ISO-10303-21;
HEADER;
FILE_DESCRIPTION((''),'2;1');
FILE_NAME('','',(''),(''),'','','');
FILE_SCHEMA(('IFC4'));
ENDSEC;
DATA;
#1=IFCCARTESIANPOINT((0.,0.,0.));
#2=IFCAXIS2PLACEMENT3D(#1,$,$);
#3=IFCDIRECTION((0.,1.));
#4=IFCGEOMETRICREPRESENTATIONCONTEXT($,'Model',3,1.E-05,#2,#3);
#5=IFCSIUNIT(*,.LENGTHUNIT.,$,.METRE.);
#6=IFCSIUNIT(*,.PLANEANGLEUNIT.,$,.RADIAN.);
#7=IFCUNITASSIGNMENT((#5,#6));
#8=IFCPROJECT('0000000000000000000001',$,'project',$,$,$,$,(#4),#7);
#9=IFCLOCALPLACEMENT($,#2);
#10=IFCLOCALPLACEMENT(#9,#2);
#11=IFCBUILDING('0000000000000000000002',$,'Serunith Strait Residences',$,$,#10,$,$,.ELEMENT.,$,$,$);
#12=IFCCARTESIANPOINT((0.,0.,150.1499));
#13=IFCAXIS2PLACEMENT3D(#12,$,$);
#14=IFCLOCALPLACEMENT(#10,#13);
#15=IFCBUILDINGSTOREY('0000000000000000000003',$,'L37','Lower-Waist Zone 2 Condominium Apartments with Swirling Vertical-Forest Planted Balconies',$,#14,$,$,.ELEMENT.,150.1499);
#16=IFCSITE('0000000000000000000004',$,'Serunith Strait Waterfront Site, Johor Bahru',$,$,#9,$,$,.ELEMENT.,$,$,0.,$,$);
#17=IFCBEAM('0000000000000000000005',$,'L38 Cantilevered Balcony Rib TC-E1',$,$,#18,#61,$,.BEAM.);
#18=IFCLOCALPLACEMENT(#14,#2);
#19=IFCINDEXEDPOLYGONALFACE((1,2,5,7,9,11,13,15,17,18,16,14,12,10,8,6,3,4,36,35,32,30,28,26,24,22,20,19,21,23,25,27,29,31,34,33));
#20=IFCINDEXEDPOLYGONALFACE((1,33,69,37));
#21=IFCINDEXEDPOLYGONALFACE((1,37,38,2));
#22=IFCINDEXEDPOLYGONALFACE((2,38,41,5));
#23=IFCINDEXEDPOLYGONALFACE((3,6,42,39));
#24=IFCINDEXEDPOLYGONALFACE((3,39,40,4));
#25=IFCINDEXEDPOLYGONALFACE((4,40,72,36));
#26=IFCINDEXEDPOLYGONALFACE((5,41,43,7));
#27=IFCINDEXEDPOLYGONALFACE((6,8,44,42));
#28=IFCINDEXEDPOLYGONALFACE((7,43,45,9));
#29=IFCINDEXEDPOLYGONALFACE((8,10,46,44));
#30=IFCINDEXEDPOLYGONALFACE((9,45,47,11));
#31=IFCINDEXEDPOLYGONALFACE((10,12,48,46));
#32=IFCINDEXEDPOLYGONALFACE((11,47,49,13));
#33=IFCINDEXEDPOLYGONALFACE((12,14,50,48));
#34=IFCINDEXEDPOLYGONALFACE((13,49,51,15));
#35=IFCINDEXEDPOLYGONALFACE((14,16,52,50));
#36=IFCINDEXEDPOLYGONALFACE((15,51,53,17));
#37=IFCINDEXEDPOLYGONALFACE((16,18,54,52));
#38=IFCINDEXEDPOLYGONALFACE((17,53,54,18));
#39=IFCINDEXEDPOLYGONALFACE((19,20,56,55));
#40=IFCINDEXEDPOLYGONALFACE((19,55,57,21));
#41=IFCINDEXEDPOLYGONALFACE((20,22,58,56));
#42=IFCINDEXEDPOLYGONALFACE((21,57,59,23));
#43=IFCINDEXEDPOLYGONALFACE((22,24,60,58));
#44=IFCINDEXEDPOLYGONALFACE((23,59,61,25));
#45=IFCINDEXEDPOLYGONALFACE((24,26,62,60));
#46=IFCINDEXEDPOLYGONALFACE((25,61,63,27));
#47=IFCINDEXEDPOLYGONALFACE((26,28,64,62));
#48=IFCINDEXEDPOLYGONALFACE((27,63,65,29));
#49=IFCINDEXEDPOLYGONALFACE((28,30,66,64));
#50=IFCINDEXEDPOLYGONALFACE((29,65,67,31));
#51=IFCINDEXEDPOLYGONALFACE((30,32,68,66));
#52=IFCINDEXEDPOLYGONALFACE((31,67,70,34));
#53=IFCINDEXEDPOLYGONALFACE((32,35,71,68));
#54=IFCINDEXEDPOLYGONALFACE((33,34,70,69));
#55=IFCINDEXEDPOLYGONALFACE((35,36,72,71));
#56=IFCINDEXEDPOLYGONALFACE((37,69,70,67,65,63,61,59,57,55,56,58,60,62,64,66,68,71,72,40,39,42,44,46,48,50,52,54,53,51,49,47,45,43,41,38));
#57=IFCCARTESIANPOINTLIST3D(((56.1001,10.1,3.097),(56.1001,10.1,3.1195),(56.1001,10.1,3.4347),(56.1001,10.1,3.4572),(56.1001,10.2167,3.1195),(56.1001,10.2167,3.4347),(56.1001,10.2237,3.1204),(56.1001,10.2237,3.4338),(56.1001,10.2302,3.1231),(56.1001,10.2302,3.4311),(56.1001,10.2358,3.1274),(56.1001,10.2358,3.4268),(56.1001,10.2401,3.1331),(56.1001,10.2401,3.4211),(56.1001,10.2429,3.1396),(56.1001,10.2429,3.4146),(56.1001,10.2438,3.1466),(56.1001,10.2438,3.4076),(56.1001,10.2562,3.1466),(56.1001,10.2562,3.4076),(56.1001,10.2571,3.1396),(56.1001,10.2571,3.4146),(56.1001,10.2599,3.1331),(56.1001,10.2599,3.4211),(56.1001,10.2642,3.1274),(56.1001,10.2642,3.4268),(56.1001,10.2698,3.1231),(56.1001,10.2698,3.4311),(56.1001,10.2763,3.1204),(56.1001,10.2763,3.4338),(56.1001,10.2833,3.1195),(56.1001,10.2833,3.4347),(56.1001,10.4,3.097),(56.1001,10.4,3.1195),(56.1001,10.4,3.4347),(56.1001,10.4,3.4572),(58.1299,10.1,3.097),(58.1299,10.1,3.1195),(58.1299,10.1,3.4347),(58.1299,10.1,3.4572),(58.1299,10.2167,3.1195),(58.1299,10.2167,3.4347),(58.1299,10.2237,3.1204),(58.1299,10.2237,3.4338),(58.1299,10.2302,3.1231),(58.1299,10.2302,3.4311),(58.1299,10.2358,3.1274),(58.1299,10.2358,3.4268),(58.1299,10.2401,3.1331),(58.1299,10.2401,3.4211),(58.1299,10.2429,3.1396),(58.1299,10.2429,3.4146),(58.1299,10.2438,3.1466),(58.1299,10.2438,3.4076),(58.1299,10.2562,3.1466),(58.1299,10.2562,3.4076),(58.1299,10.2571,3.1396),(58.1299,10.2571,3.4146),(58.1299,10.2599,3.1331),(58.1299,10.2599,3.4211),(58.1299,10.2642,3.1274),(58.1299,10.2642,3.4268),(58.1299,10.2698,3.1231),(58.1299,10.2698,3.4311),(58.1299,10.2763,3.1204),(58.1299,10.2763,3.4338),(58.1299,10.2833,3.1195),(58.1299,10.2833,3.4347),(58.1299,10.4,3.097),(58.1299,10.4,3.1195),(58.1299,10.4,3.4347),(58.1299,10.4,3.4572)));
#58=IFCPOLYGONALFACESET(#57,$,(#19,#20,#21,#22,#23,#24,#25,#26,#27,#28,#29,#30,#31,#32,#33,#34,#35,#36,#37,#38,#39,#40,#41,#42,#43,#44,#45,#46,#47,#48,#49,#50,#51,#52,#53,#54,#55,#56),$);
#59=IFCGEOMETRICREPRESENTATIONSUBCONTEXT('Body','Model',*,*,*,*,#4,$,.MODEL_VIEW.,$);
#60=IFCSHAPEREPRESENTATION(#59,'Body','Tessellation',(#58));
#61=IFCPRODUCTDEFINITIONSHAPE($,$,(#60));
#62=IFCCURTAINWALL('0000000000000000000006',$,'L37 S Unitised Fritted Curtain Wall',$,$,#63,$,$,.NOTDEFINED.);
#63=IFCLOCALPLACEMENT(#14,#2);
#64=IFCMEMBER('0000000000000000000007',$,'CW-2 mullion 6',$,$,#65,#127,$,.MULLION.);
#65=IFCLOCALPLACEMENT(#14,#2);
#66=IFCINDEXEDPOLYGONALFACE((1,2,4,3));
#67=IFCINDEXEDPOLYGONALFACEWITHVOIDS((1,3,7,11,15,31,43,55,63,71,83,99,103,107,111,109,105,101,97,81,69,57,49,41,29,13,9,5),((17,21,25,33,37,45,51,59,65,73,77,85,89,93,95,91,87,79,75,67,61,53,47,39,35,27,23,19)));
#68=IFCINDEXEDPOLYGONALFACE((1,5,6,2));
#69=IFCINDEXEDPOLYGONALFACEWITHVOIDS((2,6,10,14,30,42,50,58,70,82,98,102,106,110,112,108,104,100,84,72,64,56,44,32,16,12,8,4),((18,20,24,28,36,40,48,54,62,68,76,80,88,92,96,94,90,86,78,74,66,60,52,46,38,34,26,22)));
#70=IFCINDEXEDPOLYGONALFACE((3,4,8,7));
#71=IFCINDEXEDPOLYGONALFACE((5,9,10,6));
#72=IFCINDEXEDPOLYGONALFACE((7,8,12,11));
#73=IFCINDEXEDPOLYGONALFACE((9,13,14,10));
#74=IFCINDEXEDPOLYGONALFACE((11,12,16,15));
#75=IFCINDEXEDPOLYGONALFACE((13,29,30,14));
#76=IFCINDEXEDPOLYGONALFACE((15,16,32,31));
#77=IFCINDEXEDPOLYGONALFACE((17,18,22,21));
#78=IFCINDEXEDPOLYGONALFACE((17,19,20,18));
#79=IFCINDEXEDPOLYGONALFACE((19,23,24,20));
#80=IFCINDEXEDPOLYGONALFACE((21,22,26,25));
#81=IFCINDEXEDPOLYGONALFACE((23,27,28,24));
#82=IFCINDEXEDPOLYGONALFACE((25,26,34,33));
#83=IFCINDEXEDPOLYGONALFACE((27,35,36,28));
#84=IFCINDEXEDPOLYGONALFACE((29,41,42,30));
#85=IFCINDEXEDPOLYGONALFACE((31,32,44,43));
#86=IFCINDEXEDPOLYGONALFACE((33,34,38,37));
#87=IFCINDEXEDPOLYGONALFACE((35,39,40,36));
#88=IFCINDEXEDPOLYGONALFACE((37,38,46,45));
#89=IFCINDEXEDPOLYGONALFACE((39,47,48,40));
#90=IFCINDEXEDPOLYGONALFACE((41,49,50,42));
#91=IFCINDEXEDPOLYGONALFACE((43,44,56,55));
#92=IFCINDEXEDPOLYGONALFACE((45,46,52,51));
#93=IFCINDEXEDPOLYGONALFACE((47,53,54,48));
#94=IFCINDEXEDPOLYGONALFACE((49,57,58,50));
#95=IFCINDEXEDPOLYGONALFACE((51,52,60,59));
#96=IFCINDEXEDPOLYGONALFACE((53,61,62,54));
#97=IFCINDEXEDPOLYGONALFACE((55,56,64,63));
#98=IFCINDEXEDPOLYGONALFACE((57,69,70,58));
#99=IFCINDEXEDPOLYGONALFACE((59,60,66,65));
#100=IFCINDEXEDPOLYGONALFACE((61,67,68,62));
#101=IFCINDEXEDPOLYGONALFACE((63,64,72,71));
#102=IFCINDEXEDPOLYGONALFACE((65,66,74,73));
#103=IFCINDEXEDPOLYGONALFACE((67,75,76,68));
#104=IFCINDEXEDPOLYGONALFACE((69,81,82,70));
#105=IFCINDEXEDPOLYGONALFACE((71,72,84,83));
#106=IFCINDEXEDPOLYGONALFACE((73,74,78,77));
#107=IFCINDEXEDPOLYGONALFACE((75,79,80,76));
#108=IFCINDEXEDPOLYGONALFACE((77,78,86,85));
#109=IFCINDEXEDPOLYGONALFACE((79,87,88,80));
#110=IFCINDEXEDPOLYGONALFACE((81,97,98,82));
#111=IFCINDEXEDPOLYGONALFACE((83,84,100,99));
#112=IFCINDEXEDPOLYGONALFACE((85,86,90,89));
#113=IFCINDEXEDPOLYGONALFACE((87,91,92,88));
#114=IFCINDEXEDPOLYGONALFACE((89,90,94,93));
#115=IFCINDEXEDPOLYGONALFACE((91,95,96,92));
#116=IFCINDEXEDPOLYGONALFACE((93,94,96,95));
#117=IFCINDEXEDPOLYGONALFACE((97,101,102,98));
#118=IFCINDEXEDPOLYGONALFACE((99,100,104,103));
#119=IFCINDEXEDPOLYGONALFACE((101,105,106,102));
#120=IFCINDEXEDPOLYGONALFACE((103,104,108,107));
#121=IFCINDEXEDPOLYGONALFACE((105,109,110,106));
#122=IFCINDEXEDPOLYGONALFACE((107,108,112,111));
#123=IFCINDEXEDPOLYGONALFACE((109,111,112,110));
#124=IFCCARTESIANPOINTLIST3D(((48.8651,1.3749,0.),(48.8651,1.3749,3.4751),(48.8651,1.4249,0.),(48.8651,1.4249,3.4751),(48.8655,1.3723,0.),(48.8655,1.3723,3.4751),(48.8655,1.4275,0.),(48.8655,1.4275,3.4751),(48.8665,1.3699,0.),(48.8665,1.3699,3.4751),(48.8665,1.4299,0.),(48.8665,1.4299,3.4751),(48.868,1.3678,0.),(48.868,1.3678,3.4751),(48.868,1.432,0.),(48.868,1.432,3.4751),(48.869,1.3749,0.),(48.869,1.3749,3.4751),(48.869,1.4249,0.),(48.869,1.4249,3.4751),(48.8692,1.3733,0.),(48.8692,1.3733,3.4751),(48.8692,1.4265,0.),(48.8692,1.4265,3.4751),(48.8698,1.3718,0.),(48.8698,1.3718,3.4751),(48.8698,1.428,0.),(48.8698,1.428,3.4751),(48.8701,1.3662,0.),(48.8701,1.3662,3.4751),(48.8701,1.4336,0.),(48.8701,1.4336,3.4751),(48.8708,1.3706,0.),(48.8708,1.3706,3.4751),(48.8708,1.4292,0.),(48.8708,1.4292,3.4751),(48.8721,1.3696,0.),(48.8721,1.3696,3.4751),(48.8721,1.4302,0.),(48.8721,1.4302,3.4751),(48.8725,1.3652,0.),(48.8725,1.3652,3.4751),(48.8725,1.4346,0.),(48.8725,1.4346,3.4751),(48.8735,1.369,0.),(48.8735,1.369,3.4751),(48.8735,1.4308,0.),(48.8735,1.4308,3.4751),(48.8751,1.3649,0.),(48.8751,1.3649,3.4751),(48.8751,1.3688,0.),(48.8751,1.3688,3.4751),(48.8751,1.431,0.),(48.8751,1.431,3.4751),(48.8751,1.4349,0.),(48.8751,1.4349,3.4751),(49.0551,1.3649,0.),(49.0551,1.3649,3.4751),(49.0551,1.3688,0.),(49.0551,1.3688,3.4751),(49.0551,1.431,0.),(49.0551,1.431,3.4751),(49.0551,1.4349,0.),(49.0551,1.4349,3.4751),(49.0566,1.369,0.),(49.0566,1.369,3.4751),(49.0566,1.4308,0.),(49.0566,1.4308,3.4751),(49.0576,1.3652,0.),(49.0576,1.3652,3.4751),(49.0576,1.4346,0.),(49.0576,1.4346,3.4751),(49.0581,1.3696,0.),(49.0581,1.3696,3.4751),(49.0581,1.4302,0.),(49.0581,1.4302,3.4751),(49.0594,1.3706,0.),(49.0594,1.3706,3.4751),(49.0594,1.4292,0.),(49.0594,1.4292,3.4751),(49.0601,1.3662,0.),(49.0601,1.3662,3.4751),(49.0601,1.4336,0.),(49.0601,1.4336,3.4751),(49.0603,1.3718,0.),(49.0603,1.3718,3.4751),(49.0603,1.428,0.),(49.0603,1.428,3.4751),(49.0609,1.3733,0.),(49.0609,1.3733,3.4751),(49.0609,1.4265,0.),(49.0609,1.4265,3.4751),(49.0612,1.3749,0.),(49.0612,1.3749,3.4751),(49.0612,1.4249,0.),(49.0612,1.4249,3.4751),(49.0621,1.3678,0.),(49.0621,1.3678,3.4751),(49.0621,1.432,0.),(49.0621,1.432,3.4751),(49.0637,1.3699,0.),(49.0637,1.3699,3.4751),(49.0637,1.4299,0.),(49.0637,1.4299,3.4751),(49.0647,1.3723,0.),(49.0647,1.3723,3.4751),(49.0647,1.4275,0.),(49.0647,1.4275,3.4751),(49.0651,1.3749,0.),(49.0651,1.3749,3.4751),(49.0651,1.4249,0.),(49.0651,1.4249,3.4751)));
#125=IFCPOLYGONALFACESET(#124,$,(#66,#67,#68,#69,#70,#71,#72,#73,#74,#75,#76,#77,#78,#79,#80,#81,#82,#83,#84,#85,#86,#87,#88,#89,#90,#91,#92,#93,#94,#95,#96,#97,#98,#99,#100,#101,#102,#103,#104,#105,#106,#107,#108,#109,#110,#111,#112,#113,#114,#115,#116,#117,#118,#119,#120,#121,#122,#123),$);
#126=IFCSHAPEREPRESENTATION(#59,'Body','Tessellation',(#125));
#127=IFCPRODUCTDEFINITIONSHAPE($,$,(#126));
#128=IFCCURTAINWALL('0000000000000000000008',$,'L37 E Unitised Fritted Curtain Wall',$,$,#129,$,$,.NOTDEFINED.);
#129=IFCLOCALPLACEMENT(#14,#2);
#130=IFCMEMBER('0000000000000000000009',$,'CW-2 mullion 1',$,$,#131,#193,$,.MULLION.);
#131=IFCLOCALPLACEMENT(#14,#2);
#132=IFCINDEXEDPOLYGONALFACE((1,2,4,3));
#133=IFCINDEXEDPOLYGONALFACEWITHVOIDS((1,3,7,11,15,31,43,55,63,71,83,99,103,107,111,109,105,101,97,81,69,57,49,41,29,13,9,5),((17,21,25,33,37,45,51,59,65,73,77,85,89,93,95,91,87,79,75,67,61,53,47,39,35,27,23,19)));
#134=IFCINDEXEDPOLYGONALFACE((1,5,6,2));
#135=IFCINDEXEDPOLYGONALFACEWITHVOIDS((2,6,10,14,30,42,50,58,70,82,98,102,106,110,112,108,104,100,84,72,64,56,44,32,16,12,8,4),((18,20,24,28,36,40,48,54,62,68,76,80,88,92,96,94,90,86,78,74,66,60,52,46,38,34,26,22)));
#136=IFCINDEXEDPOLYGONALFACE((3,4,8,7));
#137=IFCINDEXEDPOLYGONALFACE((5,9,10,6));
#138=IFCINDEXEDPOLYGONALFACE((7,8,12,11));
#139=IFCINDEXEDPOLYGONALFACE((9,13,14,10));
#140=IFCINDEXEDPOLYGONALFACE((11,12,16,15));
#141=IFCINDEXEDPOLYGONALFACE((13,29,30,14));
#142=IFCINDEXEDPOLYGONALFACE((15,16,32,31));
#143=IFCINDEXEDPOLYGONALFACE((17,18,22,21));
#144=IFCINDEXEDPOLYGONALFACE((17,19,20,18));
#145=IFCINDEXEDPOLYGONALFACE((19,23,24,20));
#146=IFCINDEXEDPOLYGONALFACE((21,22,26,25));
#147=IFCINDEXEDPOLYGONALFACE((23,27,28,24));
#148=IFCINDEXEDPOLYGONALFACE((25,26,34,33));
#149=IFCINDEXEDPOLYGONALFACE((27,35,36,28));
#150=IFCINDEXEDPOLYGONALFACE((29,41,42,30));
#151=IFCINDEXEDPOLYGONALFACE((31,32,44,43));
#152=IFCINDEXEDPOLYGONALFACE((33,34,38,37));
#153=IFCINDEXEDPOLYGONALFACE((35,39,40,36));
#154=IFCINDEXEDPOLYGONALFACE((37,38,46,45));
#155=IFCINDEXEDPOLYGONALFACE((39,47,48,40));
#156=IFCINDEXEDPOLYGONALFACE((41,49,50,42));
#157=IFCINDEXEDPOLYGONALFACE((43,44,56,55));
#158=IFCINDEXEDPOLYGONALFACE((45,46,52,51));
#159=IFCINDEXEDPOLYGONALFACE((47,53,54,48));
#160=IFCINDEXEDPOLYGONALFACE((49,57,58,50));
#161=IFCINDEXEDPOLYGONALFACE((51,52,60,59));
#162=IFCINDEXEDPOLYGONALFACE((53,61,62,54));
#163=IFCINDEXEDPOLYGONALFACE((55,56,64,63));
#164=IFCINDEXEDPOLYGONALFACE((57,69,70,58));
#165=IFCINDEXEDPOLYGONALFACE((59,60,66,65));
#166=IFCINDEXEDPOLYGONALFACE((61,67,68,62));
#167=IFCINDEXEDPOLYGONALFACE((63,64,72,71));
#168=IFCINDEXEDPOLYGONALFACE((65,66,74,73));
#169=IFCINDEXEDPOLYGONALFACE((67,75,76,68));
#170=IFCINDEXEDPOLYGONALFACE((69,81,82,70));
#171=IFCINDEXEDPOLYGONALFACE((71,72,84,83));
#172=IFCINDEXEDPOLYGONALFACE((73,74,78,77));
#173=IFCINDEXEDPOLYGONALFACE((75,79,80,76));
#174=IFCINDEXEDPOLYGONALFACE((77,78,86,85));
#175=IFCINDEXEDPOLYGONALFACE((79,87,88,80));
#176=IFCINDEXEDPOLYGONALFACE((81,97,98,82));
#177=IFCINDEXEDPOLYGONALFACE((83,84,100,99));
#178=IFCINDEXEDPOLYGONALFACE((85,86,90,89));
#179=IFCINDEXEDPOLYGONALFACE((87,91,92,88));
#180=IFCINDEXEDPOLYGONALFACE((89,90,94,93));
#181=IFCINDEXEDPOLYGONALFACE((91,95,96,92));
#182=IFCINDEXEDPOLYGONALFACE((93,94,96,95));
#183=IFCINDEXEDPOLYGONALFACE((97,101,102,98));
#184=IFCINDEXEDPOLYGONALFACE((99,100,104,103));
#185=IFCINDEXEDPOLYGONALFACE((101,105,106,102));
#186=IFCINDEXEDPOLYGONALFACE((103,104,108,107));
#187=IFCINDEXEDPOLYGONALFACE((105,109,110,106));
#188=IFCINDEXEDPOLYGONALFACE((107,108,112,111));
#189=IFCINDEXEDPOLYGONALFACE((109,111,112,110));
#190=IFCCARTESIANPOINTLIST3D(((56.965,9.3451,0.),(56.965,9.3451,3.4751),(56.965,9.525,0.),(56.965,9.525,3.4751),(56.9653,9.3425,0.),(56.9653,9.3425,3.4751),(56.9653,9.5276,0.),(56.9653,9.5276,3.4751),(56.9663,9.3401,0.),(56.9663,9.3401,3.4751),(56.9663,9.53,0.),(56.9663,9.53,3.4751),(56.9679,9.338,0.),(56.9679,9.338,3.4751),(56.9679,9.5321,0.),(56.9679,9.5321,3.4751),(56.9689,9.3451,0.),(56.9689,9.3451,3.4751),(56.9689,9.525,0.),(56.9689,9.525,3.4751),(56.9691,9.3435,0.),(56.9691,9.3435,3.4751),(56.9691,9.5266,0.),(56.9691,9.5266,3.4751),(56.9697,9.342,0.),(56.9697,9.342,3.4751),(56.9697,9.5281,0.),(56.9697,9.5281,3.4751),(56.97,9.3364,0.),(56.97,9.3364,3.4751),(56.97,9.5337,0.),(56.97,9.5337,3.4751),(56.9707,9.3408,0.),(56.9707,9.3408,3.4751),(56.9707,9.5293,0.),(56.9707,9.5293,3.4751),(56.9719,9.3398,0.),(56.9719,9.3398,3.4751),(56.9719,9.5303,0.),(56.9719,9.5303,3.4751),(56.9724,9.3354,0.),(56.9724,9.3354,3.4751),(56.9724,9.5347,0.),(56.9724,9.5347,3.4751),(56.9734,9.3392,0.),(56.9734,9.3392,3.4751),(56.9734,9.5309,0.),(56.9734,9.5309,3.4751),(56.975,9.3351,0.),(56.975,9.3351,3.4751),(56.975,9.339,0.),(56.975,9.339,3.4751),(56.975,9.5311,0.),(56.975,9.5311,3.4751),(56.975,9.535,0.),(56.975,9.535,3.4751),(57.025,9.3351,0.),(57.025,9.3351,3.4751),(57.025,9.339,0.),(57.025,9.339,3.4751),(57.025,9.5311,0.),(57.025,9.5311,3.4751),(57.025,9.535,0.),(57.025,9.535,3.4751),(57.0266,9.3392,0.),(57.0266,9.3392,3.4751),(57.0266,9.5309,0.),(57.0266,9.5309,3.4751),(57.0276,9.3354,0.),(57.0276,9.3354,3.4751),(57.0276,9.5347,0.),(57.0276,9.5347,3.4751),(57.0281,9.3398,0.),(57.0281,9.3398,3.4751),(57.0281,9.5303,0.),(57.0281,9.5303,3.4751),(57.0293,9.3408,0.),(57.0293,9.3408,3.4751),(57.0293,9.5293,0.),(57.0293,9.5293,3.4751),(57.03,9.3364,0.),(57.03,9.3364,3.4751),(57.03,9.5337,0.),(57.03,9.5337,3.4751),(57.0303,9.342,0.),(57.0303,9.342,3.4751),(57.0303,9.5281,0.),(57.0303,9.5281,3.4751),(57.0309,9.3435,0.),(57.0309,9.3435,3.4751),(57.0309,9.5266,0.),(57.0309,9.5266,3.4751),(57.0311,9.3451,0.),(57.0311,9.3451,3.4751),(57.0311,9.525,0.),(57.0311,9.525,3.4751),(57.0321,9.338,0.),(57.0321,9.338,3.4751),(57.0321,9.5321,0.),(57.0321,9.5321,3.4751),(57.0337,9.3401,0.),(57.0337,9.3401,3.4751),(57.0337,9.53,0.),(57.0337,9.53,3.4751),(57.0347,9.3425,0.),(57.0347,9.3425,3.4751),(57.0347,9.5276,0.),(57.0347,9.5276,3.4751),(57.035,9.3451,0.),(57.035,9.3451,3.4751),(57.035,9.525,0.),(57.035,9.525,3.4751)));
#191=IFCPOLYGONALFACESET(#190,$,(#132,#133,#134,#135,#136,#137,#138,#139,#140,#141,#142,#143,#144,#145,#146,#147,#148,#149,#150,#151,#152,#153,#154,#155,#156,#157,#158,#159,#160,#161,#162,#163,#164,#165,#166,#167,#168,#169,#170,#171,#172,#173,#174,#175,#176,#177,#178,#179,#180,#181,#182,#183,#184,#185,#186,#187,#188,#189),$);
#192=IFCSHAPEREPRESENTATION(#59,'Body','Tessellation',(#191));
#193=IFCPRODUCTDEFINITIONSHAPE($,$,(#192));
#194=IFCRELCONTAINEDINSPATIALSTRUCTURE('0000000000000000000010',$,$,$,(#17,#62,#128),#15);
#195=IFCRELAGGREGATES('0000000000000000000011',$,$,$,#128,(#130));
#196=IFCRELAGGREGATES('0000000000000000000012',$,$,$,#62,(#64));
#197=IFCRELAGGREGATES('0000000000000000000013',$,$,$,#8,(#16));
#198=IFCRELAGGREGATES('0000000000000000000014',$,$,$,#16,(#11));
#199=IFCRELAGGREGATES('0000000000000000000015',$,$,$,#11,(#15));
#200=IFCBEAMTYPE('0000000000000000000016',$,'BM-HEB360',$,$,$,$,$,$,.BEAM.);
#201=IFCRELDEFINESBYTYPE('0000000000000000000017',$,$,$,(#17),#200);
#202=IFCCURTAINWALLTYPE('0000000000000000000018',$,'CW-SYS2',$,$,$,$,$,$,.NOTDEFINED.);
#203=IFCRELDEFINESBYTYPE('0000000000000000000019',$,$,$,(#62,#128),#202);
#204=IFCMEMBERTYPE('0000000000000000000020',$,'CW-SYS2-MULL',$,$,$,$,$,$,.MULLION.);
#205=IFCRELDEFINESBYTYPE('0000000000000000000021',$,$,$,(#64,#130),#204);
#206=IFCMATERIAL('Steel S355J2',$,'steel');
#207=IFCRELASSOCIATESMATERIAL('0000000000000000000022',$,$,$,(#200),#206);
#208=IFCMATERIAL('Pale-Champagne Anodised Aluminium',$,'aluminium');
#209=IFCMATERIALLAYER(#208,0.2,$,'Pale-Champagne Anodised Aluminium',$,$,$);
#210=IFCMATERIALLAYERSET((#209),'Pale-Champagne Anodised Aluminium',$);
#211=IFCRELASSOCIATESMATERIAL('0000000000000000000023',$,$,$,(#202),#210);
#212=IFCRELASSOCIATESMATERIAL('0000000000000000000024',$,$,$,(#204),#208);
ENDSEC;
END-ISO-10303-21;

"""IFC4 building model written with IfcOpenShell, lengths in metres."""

from ifc_helpers import new_model, si_unit, direction, frame, origin, origin_2d, place, context, subcontext, project, spatial, hollow_rectangle, i_section, extrude, source, transform, mapped, material, layer, layer_set, material_profile, profile_set, type_object, element, aggregate, save


model = new_model("IFC4")

# Units and contexts
model_context = context("Model", 3, precision=1e-05, world=origin(), true_north=direction((0.0, 1.0)))
body_context = subcontext(model_context, "Body", "Model", "MODEL_VIEW")
ifc_project = project(units=[si_unit("LENGTHUNIT", "METRE"), si_unit("PLANEANGLEUNIT", "RADIAN")], contexts=[model_context])

# Site, building, storey
site_placement = place(None, origin())
site = spatial("IfcSite", under=ifc_project, at=site_placement, Name="Serunith Strait Waterfront Site, Johor Bahru", CompositionType="ELEMENT", RefElevation=0.0)
building_placement = place(site_placement, origin())
building = spatial("IfcBuilding", under=site, at=building_placement, Name="Serunith Strait Residences", CompositionType="ELEMENT")
storey_placement = place(building_placement, frame((0.0, 0.0, 150.1499)))
storey = spatial("IfcBuildingStorey", under=building, at=storey_placement, Name="L37", Description="Lower-Waist Zone 2 Condominium Apartments with Swirling Vertical-Forest Planted Balconies", CompositionType="ELEMENT", Elevation=150.1499)

# Beam
ifc_material_1 = material(Name="Steel S355J2", Category="steel")
ifc_material_profile_1 = material_profile(ifc_material_1, i_section(OverallWidth=0.3, OverallDepth=0.3601, WebThickness=0.0125, FlangeThickness=0.0225, FilletRadius=0.0271, at=origin_2d()), Name="HEB 360")
ifc_profile_set_1 = profile_set([ifc_material_profile_1], Name="Steel S355J2")
beam_type_1 = type_object("IfcBeamType", Name="BM-HEB360", PredefinedType="BEAM", material=ifc_profile_set_1)
shared_shape_1 = source(origin(), body_context, "Body", "SweptSolid", [
    extrude(i_section(OverallWidth=0.3, OverallDepth=0.3601, WebThickness=0.0125, FlangeThickness=0.0225, FilletRadius=0.0271, at=origin_2d()), origin(), (0.0, 0.0, 1.0), 2.0298),
])
beam_1_placement = place(storey_placement, frame((56.1001, 10.25, 3.2771), z_axis=(1.0, 0.0, 0.0), x_axis=(0.0, 1.0, 0.0)))
element("IfcBeam", 1, at=beam_1_placement, inside=storey, type_object=beam_type_1, Name="L38 Cantilevered Balcony Rib TC-E1", PredefinedType="BEAM", context=body_context, shape_type="MappedRepresentation", body=[
    mapped(shared_shape_1, transform((0.0, 0.0, 0.0), scale=1.0)),
])

# Curtain wall, member
ifc_material_2 = material(Name="Pale-Champagne Anodised Aluminium", Category="aluminium")
ifc_layer_1 = layer(ifc_material_2, 0.2, Name="Pale-Champagne Anodised Aluminium")
ifc_layer_set_1 = layer_set([ifc_layer_1], Name="Pale-Champagne Anodised Aluminium")
curtain_wall_type = type_object("IfcCurtainWallType", Name="CW-SYS2", PredefinedType="NOTDEFINED", material=ifc_layer_set_1)
curtain_wall_1_placement = place(storey_placement, origin())
curtain_wall_1 = element("IfcCurtainWall", 2, at=curtain_wall_1_placement, inside=storey, type_object=curtain_wall_type, Name="L37 S Unitised Fritted Curtain Wall", PredefinedType="NOTDEFINED")
ifc_material_profile_2 = material_profile(ifc_material_2, hollow_rectangle(XDim=0.0701, YDim=0.2, WallThickness=0.0039, InnerFilletRadius=0.0061, OuterFilletRadius=0.01, at=origin_2d()), Name="ALU 200x70x4")
ifc_profile_set_2 = profile_set([ifc_material_profile_2], Name="Pale-Champagne Anodised Aluminium")
member_type_1 = type_object("IfcMemberType", Name="CW-SYS2-MULL", PredefinedType="MULLION", material=ifc_profile_set_2)
shared_shape_2 = source(origin(), body_context, "Body", "SweptSolid", [
    extrude(hollow_rectangle(XDim=0.0701, YDim=0.2, WallThickness=0.0039, InnerFilletRadius=0.0061, OuterFilletRadius=0.01, at=origin_2d()), origin(), (0.0, 0.0, 1.0), 3.4751),
])
member_1_placement = place(storey_placement, frame((48.9651, 1.3999, 0.0), z_axis=(0.0, 0.0, 1.0), x_axis=(0.0, 1.0, 0.0)))
member_1 = element("IfcMember", 3, at=member_1_placement, type_object=member_type_1, Name="CW-2 mullion 6", PredefinedType="MULLION", context=body_context, shape_type="MappedRepresentation", body=[
    mapped(shared_shape_2, transform((0.0, 0.0, 0.0), scale=1.0)),
])

# Curtain wall, member
curtain_wall_2_placement = place(storey_placement, origin())
curtain_wall_2 = element("IfcCurtainWall", 4, at=curtain_wall_2_placement, inside=storey, type_object=curtain_wall_type, Name="L37 E Unitised Fritted Curtain Wall", PredefinedType="NOTDEFINED")
member_2_placement = place(storey_placement, frame((57.0, 9.4351, 0.0), z_axis=(0.0, 0.0, 1.0), x_axis=(-1.0, 0.0, 0.0)))
member_2 = element("IfcMember", 5, at=member_2_placement, type_object=member_type_1, Name="CW-2 mullion 1", PredefinedType="MULLION", context=body_context, shape_type="MappedRepresentation", body=[
    mapped(shared_shape_2, transform((0.0, 0.0, 0.0), scale=1.0)),
])
aggregate(curtain_wall_2, [member_2])

aggregate(curtain_wall_1, [member_1])

save(model, "model.ifc")
